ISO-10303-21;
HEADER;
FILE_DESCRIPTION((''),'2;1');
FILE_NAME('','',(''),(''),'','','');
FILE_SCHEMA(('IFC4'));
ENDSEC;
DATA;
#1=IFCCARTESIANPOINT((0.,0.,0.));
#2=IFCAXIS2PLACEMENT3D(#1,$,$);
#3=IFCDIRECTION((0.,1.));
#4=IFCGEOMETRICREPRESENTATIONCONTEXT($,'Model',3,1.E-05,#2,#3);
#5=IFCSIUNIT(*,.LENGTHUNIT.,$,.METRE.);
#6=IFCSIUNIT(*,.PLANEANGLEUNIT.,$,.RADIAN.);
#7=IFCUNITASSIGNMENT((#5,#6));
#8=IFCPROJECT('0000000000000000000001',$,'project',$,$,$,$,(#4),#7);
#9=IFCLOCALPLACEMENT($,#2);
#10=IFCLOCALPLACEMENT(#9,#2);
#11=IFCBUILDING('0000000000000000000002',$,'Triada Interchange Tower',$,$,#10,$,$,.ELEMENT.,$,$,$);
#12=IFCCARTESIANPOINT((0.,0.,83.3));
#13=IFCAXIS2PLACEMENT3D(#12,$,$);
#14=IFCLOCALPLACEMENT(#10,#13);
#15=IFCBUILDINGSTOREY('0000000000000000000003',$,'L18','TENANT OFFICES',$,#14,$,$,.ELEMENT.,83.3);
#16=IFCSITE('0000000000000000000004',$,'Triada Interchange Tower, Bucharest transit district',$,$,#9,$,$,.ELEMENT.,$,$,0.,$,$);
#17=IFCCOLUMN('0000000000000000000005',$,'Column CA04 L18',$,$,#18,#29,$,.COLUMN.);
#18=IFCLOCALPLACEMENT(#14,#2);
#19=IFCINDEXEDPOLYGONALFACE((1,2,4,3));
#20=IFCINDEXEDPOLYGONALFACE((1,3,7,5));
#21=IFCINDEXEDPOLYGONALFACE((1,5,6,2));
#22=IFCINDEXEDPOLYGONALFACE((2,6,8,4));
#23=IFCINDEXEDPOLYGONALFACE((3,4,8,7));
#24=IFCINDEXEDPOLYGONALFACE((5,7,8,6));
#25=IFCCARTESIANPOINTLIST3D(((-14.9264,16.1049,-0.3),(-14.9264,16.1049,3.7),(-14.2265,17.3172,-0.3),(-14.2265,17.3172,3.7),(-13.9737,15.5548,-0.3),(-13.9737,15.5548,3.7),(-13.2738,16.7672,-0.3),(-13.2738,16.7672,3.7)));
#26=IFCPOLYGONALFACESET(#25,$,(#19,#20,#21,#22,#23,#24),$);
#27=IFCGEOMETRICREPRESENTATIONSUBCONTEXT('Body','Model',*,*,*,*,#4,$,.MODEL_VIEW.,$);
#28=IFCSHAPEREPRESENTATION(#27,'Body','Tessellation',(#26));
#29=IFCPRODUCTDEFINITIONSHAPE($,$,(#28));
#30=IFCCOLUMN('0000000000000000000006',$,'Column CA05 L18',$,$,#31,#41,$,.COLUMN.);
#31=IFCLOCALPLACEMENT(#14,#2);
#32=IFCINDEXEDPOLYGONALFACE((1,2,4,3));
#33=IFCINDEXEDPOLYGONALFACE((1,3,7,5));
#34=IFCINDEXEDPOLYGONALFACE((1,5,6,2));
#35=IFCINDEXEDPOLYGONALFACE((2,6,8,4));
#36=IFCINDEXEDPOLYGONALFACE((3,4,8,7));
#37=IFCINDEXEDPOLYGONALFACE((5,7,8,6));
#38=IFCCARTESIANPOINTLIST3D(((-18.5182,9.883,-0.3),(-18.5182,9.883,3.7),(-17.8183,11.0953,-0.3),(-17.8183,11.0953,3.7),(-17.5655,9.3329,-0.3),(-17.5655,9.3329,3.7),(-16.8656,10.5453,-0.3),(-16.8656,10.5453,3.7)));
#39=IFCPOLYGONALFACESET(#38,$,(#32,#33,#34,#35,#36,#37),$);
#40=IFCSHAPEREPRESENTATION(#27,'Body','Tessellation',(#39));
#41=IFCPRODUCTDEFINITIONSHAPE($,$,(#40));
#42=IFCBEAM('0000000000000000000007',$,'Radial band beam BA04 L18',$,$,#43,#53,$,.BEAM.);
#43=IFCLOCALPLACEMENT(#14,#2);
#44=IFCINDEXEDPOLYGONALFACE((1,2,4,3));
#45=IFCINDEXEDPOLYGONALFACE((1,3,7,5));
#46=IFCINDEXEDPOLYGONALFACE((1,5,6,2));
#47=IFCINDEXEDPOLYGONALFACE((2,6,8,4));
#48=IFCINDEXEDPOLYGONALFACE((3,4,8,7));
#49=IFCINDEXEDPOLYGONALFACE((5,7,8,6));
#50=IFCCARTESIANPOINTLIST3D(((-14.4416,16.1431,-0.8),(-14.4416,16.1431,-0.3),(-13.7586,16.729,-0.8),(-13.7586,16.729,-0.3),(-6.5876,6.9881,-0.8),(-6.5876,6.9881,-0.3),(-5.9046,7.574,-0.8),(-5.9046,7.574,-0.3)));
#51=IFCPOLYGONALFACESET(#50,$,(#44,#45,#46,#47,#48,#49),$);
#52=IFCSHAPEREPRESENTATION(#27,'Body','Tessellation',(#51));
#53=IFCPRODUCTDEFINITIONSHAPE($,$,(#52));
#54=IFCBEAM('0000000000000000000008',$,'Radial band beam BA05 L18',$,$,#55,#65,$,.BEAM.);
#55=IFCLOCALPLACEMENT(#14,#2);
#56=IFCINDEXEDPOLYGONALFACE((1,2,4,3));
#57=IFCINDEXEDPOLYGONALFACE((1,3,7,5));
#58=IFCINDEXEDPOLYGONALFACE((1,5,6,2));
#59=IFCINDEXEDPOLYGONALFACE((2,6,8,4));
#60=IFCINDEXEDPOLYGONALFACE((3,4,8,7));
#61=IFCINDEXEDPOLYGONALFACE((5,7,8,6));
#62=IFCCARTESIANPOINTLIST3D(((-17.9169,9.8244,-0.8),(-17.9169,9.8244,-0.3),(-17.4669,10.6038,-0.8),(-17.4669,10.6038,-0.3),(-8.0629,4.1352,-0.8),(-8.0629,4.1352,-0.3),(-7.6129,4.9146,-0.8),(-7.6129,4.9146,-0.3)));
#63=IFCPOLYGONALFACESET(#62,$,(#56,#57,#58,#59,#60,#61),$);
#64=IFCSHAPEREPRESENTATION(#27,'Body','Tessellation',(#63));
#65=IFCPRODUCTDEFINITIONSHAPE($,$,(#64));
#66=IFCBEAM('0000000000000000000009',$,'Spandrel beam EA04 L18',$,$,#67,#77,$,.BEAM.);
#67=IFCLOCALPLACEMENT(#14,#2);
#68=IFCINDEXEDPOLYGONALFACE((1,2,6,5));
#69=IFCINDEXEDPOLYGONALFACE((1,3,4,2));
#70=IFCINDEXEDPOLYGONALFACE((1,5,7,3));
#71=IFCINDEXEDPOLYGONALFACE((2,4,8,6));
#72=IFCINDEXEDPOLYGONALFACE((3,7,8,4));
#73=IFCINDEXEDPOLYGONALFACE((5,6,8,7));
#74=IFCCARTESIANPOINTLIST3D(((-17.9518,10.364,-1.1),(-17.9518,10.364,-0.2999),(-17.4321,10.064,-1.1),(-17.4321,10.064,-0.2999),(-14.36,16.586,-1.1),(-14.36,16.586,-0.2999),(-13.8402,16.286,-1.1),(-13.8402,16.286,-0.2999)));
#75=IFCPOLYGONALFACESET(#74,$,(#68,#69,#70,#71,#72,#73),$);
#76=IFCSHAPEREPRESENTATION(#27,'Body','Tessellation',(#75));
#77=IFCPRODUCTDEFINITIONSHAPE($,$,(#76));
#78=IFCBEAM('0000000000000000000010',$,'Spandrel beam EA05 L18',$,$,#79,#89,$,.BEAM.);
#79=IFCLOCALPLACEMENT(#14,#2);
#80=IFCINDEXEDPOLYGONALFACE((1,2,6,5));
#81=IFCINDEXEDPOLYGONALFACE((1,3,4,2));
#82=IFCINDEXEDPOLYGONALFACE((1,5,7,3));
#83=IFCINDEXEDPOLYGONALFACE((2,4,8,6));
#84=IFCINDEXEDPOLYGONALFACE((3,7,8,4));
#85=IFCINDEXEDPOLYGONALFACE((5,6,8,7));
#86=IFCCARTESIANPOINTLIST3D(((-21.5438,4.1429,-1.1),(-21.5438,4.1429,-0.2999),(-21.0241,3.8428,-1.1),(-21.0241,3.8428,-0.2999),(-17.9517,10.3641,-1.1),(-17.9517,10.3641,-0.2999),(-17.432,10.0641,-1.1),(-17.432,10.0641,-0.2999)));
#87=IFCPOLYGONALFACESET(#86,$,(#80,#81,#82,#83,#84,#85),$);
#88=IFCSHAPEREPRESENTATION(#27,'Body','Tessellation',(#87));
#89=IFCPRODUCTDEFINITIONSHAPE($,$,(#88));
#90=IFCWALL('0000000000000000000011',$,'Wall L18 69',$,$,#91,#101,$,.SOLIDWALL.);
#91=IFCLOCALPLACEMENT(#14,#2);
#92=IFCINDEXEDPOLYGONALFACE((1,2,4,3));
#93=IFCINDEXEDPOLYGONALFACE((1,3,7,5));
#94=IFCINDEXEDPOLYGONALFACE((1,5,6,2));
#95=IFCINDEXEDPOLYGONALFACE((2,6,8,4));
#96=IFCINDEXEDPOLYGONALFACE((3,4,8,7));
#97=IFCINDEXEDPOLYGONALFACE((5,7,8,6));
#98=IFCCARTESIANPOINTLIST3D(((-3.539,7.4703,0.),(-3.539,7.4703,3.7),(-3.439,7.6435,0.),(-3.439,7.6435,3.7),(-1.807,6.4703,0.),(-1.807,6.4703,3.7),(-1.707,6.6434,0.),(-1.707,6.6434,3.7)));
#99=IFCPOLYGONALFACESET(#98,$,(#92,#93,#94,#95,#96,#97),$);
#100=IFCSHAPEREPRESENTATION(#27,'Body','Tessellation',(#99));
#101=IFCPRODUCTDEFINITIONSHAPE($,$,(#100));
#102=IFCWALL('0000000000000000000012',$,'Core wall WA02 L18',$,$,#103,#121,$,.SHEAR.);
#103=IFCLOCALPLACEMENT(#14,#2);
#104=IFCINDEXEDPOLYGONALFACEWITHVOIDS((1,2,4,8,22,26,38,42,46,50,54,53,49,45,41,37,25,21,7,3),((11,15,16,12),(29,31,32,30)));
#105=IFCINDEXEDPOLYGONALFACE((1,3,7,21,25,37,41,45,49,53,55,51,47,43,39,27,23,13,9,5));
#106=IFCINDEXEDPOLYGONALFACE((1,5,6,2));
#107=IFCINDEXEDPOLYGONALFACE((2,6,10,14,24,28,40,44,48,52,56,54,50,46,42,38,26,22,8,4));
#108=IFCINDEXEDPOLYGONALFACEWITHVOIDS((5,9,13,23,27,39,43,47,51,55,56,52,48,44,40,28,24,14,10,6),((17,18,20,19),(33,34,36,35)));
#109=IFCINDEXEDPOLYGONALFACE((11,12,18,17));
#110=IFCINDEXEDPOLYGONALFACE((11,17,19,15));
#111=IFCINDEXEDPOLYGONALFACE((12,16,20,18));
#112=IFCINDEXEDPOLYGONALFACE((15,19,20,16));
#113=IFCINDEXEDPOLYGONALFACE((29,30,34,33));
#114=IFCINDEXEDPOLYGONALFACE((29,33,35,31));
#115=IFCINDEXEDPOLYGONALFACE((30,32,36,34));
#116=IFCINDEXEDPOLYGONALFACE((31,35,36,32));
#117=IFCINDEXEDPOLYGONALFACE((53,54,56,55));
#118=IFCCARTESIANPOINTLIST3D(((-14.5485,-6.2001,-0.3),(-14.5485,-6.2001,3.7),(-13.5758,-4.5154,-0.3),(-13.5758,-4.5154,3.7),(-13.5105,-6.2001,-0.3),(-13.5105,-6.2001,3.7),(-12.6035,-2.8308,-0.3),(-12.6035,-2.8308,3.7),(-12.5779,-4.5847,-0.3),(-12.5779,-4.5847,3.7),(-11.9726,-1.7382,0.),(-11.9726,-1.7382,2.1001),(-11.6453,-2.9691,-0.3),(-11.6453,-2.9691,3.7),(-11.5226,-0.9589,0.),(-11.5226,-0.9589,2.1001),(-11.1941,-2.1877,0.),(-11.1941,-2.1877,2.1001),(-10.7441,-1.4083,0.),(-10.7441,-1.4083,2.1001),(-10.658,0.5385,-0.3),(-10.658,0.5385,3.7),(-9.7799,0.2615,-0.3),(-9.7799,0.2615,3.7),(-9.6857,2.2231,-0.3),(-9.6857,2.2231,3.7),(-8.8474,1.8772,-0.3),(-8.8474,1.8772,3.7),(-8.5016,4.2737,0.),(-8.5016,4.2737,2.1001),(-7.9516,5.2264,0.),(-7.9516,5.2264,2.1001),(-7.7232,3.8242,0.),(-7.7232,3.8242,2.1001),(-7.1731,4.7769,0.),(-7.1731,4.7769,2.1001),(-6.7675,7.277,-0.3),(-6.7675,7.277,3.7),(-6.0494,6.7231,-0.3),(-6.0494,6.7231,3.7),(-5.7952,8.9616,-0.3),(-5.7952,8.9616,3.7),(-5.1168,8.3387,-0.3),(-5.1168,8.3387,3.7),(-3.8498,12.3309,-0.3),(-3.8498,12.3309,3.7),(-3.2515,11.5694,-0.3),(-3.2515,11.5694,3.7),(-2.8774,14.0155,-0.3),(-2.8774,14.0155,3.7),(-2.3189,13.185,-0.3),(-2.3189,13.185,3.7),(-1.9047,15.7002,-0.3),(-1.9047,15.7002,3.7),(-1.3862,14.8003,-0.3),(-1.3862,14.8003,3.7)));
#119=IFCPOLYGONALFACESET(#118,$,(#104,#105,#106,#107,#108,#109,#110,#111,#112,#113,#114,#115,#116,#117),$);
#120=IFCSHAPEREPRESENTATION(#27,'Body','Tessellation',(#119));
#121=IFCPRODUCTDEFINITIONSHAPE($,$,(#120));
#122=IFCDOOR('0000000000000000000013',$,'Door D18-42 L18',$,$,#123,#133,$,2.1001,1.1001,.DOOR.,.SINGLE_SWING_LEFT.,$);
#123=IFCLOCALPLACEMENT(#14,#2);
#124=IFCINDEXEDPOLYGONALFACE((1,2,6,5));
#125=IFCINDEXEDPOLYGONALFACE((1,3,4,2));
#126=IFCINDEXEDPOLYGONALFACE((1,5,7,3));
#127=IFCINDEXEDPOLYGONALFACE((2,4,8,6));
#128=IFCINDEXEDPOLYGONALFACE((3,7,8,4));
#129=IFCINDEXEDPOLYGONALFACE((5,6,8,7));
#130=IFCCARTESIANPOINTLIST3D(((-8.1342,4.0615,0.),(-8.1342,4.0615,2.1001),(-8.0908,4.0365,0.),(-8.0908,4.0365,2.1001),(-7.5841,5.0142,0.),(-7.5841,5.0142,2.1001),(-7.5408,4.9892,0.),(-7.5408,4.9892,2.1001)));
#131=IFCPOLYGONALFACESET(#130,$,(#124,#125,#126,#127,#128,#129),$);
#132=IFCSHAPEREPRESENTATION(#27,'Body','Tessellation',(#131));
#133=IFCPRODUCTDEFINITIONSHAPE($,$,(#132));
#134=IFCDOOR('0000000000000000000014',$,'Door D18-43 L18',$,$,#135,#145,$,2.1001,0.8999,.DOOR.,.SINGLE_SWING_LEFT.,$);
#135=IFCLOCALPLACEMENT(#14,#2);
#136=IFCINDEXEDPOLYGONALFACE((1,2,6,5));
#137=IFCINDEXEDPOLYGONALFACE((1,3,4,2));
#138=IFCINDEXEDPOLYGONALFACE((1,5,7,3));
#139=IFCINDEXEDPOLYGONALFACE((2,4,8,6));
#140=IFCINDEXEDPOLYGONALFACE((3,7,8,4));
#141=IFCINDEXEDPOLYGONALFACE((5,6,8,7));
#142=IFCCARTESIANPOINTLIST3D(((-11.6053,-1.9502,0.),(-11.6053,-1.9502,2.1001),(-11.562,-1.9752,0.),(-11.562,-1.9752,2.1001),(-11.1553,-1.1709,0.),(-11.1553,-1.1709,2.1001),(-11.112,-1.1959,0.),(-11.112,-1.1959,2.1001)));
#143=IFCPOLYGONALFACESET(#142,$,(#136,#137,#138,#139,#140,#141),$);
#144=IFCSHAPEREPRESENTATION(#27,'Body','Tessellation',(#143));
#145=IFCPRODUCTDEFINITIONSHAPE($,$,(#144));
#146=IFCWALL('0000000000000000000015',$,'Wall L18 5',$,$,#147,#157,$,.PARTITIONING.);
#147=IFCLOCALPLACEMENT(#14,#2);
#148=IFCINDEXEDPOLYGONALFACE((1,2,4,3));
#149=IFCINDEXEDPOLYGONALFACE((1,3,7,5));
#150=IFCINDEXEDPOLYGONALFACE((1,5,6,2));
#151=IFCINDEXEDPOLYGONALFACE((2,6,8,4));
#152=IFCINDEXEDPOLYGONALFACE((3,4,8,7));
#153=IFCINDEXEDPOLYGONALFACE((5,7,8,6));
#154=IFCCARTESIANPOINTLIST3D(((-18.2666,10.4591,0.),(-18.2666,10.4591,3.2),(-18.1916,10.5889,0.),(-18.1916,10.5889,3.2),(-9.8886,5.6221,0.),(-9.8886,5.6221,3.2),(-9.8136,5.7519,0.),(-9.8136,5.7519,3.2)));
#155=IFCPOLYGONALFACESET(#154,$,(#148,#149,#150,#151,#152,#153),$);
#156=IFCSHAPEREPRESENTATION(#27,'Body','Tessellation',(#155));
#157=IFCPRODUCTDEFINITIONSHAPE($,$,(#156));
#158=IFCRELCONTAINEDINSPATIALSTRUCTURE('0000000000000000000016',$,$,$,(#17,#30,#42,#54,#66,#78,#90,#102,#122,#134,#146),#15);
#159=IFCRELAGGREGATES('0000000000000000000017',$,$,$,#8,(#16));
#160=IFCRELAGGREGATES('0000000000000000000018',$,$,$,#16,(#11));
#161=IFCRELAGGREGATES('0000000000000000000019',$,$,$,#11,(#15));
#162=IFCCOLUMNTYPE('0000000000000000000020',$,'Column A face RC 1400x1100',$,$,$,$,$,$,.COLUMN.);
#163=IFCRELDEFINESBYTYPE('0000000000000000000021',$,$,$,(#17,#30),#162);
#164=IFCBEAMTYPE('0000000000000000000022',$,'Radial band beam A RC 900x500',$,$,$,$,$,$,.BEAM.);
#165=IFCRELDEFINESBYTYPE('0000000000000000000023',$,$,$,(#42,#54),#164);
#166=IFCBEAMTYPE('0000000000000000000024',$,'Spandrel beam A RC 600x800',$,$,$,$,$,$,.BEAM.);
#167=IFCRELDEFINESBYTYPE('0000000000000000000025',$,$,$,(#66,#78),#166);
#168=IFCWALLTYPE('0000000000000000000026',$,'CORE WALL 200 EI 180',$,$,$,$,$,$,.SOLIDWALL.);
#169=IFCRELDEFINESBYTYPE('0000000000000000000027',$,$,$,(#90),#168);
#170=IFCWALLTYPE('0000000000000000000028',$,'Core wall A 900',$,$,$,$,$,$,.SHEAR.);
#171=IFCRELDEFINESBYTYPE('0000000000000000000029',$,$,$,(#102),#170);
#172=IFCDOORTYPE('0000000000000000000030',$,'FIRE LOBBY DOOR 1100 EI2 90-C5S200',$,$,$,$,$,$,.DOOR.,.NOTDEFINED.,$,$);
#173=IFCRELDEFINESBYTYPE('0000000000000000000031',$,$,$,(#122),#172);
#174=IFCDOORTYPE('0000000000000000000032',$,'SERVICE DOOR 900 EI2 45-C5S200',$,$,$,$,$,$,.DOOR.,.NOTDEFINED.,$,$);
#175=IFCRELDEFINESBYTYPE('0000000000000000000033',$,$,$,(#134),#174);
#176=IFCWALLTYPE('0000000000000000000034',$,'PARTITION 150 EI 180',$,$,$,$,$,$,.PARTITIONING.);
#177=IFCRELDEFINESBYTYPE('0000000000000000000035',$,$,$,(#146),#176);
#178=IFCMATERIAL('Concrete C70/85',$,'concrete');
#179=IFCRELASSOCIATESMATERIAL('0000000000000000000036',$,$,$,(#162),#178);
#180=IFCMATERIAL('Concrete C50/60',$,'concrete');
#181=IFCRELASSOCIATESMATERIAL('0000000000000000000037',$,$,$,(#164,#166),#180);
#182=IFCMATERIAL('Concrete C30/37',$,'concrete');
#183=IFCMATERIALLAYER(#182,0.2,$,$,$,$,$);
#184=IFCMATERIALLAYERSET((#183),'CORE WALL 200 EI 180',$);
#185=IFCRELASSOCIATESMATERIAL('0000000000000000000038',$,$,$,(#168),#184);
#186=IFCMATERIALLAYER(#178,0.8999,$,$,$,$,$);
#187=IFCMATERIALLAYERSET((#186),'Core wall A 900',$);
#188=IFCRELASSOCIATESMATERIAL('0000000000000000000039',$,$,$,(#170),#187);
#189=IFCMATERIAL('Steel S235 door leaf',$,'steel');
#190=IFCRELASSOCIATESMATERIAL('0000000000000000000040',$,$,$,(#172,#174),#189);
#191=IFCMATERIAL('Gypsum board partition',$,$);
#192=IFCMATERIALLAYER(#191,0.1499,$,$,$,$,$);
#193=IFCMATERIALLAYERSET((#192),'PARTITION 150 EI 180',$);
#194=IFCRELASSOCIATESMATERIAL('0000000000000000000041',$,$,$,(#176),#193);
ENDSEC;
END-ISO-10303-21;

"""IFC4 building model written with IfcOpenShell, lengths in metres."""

from ifc_helpers import new_model, si_unit, direction, frame, frame_2d, origin, origin_2d, place, context, subcontext, project, spatial, polyline, rectangle, outline, extrude, material, layer, layer_set, material_profile, profile_set, type_object, element, fill, save


model = new_model("IFC4")

# Units and contexts
model_context = context("Model", 3, precision=1e-05, world=origin(), true_north=direction((0.0, 1.0)))
body_context = subcontext(model_context, "Body", "Model", "MODEL_VIEW")
ifc_project = project(units=[si_unit("LENGTHUNIT", "METRE"), si_unit("PLANEANGLEUNIT", "RADIAN")], contexts=[model_context])

# Site, building, storey
site_placement = place(None, origin())
site = spatial("IfcSite", under=ifc_project, at=site_placement, Name="Triada Interchange Tower, Bucharest transit district", CompositionType="ELEMENT", RefElevation=0.0)
building_placement = place(site_placement, origin())
building = spatial("IfcBuilding", under=site, at=building_placement, Name="Triada Interchange Tower", CompositionType="ELEMENT")
storey_placement = place(building_placement, frame((0.0, 0.0, 83.3)))
storey = spatial("IfcBuildingStorey", under=building, at=storey_placement, Name="L18", Description="TENANT OFFICES", CompositionType="ELEMENT", Elevation=83.3)

# Columns
ifc_material_1 = material(Name="Concrete C70/85", Category="concrete")
ifc_material_profile_1 = material_profile(ifc_material_1, rectangle(XDim=1.3999, YDim=1.1001, at=origin_2d()), Name="RC 1400x1100")
ifc_profile_set_1 = profile_set([ifc_material_profile_1], Name="Concrete C70/85")
column_type = type_object("IfcColumnType", Name="Column A face RC 1400x1100", PredefinedType="COLUMN", material=ifc_profile_set_1)
for number, where, z_axis, x_axis, name in (
    (1, (-14.1001, 16.436, -0.3), (0.0, 0.0, 1.0), (0.5, 0.866025, 0.0), "Column CA04 L18"),
    (2, (-17.6919, 10.2141, -0.3), (0.0, 0.0, 1.0), (0.5, 0.866025, 0.0), "Column CA05 L18"),
):
    element("IfcColumn", number, at=place(storey_placement, frame(where, z_axis=z_axis, x_axis=x_axis)), inside=storey, type_object=column_type, Name=name, PredefinedType="COLUMN", context=body_context, shape_type="SweptSolid", body=[
        extrude(rectangle(XDim=1.3999, YDim=1.1001, at=origin_2d()), origin(), (0.0, 0.0, 1.0), 4.0),
    ])

# Beams
ifc_material_2 = material(Name="Concrete C50/60", Category="concrete")
ifc_material_profile_2 = material_profile(ifc_material_2, rectangle(XDim=0.8999, YDim=0.5, at=origin_2d()), Name="RC 900x500")
ifc_profile_set_2 = profile_set([ifc_material_profile_2], Name="Concrete C50/60")
beam_type_1 = type_object("IfcBeamType", Name="Radial band beam A RC 900x500", PredefinedType="BEAM", material=ifc_profile_set_2)
beam_1_placement = place(storey_placement, frame((-14.1001, 16.436, -0.55), z_axis=(0.651118, -0.758977, 0.0), x_axis=(0.758977, 0.651118, 0.0)))
element("IfcBeam", 3, at=beam_1_placement, inside=storey, type_object=beam_type_1, Name="Radial band beam BA04 L18", PredefinedType="BEAM", context=body_context, shape_type="SweptSolid", body=[
    extrude(rectangle(XDim=0.8999, YDim=0.5, at=origin_2d()), origin(), (0.0, 0.0, 1.0), 12.0623),
])
beam_2_placement = place(storey_placement, frame((-17.6919, 10.2141, -0.55), z_axis=(0.866026, -0.5, 0.0), x_axis=(0.5, 0.866026, 0.0)))
element("IfcBeam", 4, at=beam_2_placement, inside=storey, type_object=beam_type_1, Name="Radial band beam BA05 L18", PredefinedType="BEAM", context=body_context, shape_type="SweptSolid", body=[
    extrude(rectangle(XDim=0.8999, YDim=0.5, at=origin_2d()), origin(), (0.0, 0.0, 1.0), 11.3784),
])
ifc_material_profile_3 = material_profile(ifc_material_2, rectangle(XDim=0.6001, YDim=0.8, at=origin_2d()), Name="RC 600x800")
ifc_profile_set_3 = profile_set([ifc_material_profile_3], Name="Concrete C50/60")
beam_type_2 = type_object("IfcBeamType", Name="Spandrel beam A RC 600x800", PredefinedType="BEAM", material=ifc_profile_set_3)
beam_3_placement = place(storey_placement, frame((-14.1001, 16.436, -0.7), z_axis=(-0.499955, -0.866051, 0.0), x_axis=(0.866051, -0.499955, 0.0)))
element("IfcBeam", 5, at=beam_3_placement, inside=storey, type_object=beam_type_2, Name="Spandrel beam EA04 L18", PredefinedType="BEAM", context=body_context, shape_type="SweptSolid", body=[
    extrude(rectangle(XDim=0.6001, YDim=0.8, at=origin_2d()), origin(), (0.0, 0.0, 1.0), 7.1843),
])
beam_4_placement = place(storey_placement, frame((-17.6919, 10.2141, -0.7), z_axis=(-0.500024, -0.866011, 0.0), x_axis=(0.866011, -0.500024, 0.0)))
element("IfcBeam", 6, at=beam_4_placement, inside=storey, type_object=beam_type_2, Name="Spandrel beam EA05 L18", PredefinedType="BEAM", context=body_context, shape_type="SweptSolid", body=[
    extrude(rectangle(XDim=0.6001, YDim=0.8, at=origin_2d()), origin(), (0.0, 0.0, 1.0), 7.1838),
])

# Wall
ifc_material_3 = material(Name="Concrete C30/37", Category="concrete")
ifc_layer_1 = layer(ifc_material_3, 0.2)
ifc_layer_set_1 = layer_set([ifc_layer_1], Name="CORE WALL 200 EI 180")
wall_type_1 = type_object("IfcWallType", Name="CORE WALL 200 EI 180", PredefinedType="SOLIDWALL", material=ifc_layer_set_1)
wall_1_placement = place(storey_placement, frame((-3.489, 7.5569, 0.0), z_axis=(0.0, 0.0, 1.0), x_axis=(0.866011, -0.500025, 0.0)))
element("IfcWall", 7, at=wall_1_placement, inside=storey, type_object=wall_type_1, Name="Wall L18 69", PredefinedType="SOLIDWALL", context=body_context, shape_type="SweptSolid", body=[
    extrude(rectangle(XDim=2.0, YDim=0.2, at=frame_2d((1.0, 0.0))), origin(), (0.0, 0.0, 1.0), 3.7),
])

# Wall, openings, doors
ifc_layer_2 = layer(ifc_material_1, 0.8999)
ifc_layer_set_2 = layer_set([ifc_layer_2], Name="Core wall A 900")
wall_type_2 = type_object("IfcWallType", Name="Core wall A 900", PredefinedType="SHEAR", material=ifc_layer_set_2)
wall_2_placement = place(storey_placement, frame((-1.645, 15.25, -0.3), z_axis=(0.0, 0.0, 1.0), x_axis=(-0.500026, -0.86601, 0.0)))
wall_2 = element("IfcWall", 8, at=wall_2_placement, inside=storey, type_object=wall_type_2, Name="Core wall WA02 L18", PredefinedType="SHEAR", context=body_context, shape_type="SweptSolid", body=[
    extrude(outline(polyline([(-0.26, -0.45), (1.6853, -0.45), (3.6304, -0.4497), (5.5757, -0.4497), (7.521, -0.4497), (9.4661, -0.4495), (11.4114, -0.4495), (13.3567, -0.4495), (15.302, -0.4495), (17.2471, -0.4492), (19.1924, -0.4492), (21.1377, -0.4492), (23.0828, -0.449), (25.0281, -0.449), (24.509, 0.45), (22.6438, 0.45), (20.7783, 0.4497), (18.9131, 0.4497), (17.0479, 0.4497), (15.1824, 0.4495), (13.3171, 0.4495), (11.4519, 0.4495), (9.5867, 0.4495), (7.7212, 0.4492), (5.856, 0.4492), (3.9907, 0.4492), (2.1252, 0.449), (0.26, 0.449), (-0.26, -0.45)])), origin(), (0.0, 0.0, 1.0), 4.0),
])
opening_1_placement = place(wall_2_placement, frame((11.834, 0.0, 0.3)))
opening_1 = element("IfcOpeningElement", 9, at=opening_1_placement, cuts=wall_2, PredefinedType="OPENING", context=body_context, shape_type="SweptSolid", body=[
    extrude(rectangle(XDim=1.1001, YDim=2.1001, at=frame_2d((0.55, 1.05))), frame((0.0, 0.46, 0.0), z_axis=(0.0, -1.0, 0.0), x_axis=(1.0, 0.0, 0.0)), (0.0, 0.0, 1.0), 0.9199),
])
opening_2_placement = place(wall_2_placement, frame((18.9761, 0.0, 0.3)))
opening_2 = element("IfcOpeningElement", 10, at=opening_2_placement, cuts=wall_2, PredefinedType="OPENING", context=body_context, shape_type="SweptSolid", body=[
    extrude(rectangle(XDim=0.8999, YDim=2.1001, at=frame_2d((0.45, 1.05))), frame((0.0, 0.46, 0.0), z_axis=(0.0, -1.0, 0.0), x_axis=(1.0, 0.0, 0.0)), (0.0, 0.0, 1.0), 0.9199),
])
ifc_material_4 = material(Name="Steel S235 door leaf", Category="steel")
door_type_1 = type_object("IfcDoorType", Name="FIRE LOBBY DOOR 1100 EI2 90-C5S200", OperationType="NOTDEFINED", PredefinedType="DOOR", material=ifc_material_4)
door_1_placement = place(opening_1_placement, origin())
door_1 = element("IfcDoor", 11, at=door_1_placement, inside=storey, type_object=door_type_1, Name="Door D18-42 L18", OperationType="SINGLE_SWING_LEFT", OverallHeight=2.1001, OverallWidth=1.1001, PredefinedType="DOOR", context=body_context, shape_type="SweptSolid", body=[
    extrude(rectangle(XDim=1.1001, YDim=2.1001, at=frame_2d((0.55, 1.05))), frame((0.0, 0.0249, 0.0), z_axis=(0.0, -1.0, 0.0), x_axis=(1.0, 0.0, 0.0)), (0.0, 0.0, 1.0), 0.05),
])
fill(opening_1, door_1)
door_type_2 = type_object("IfcDoorType", Name="SERVICE DOOR 900 EI2 45-C5S200", OperationType="NOTDEFINED", PredefinedType="DOOR", material=ifc_material_4)
door_2_placement = place(opening_2_placement, origin())
door_2 = element("IfcDoor", 12, at=door_2_placement, inside=storey, type_object=door_type_2, Name="Door D18-43 L18", OperationType="SINGLE_SWING_LEFT", OverallHeight=2.1001, OverallWidth=0.8999, PredefinedType="DOOR", context=body_context, shape_type="SweptSolid", body=[
    extrude(rectangle(XDim=0.8999, YDim=2.1001, at=frame_2d((0.45, 1.05))), frame((0.0, 0.0249, 0.0), z_axis=(0.0, -1.0, 0.0), x_axis=(1.0, 0.0, 0.0)), (0.0, 0.0, 1.0), 0.05),
])
fill(opening_2, door_2)

# Wall
ifc_material_5 = material(Name="Gypsum board partition")
ifc_layer_3 = layer(ifc_material_5, 0.1499)
ifc_layer_set_3 = layer_set([ifc_layer_3], Name="PARTITION 150 EI 180")
wall_type_3 = type_object("IfcWallType", Name="PARTITION 150 EI 180", PredefinedType="PARTITIONING", material=ifc_layer_set_3)
wall_3_placement = place(storey_placement, frame((-18.229, 10.5239, 0.0), z_axis=(0.0, 0.0, 1.0), x_axis=(0.866029, -0.499993, 0.0)))
element("IfcWall", 13, at=wall_3_placement, inside=storey, type_object=wall_type_3, Name="Wall L18 5", PredefinedType="PARTITIONING", context=body_context, shape_type="SweptSolid", body=[
    extrude(rectangle(XDim=9.6741, YDim=0.1499, at=frame_2d((4.8369, 0.0))), origin(), (0.0, 0.0, 1.0), 3.2),
])

save(model, "model.ifc")
